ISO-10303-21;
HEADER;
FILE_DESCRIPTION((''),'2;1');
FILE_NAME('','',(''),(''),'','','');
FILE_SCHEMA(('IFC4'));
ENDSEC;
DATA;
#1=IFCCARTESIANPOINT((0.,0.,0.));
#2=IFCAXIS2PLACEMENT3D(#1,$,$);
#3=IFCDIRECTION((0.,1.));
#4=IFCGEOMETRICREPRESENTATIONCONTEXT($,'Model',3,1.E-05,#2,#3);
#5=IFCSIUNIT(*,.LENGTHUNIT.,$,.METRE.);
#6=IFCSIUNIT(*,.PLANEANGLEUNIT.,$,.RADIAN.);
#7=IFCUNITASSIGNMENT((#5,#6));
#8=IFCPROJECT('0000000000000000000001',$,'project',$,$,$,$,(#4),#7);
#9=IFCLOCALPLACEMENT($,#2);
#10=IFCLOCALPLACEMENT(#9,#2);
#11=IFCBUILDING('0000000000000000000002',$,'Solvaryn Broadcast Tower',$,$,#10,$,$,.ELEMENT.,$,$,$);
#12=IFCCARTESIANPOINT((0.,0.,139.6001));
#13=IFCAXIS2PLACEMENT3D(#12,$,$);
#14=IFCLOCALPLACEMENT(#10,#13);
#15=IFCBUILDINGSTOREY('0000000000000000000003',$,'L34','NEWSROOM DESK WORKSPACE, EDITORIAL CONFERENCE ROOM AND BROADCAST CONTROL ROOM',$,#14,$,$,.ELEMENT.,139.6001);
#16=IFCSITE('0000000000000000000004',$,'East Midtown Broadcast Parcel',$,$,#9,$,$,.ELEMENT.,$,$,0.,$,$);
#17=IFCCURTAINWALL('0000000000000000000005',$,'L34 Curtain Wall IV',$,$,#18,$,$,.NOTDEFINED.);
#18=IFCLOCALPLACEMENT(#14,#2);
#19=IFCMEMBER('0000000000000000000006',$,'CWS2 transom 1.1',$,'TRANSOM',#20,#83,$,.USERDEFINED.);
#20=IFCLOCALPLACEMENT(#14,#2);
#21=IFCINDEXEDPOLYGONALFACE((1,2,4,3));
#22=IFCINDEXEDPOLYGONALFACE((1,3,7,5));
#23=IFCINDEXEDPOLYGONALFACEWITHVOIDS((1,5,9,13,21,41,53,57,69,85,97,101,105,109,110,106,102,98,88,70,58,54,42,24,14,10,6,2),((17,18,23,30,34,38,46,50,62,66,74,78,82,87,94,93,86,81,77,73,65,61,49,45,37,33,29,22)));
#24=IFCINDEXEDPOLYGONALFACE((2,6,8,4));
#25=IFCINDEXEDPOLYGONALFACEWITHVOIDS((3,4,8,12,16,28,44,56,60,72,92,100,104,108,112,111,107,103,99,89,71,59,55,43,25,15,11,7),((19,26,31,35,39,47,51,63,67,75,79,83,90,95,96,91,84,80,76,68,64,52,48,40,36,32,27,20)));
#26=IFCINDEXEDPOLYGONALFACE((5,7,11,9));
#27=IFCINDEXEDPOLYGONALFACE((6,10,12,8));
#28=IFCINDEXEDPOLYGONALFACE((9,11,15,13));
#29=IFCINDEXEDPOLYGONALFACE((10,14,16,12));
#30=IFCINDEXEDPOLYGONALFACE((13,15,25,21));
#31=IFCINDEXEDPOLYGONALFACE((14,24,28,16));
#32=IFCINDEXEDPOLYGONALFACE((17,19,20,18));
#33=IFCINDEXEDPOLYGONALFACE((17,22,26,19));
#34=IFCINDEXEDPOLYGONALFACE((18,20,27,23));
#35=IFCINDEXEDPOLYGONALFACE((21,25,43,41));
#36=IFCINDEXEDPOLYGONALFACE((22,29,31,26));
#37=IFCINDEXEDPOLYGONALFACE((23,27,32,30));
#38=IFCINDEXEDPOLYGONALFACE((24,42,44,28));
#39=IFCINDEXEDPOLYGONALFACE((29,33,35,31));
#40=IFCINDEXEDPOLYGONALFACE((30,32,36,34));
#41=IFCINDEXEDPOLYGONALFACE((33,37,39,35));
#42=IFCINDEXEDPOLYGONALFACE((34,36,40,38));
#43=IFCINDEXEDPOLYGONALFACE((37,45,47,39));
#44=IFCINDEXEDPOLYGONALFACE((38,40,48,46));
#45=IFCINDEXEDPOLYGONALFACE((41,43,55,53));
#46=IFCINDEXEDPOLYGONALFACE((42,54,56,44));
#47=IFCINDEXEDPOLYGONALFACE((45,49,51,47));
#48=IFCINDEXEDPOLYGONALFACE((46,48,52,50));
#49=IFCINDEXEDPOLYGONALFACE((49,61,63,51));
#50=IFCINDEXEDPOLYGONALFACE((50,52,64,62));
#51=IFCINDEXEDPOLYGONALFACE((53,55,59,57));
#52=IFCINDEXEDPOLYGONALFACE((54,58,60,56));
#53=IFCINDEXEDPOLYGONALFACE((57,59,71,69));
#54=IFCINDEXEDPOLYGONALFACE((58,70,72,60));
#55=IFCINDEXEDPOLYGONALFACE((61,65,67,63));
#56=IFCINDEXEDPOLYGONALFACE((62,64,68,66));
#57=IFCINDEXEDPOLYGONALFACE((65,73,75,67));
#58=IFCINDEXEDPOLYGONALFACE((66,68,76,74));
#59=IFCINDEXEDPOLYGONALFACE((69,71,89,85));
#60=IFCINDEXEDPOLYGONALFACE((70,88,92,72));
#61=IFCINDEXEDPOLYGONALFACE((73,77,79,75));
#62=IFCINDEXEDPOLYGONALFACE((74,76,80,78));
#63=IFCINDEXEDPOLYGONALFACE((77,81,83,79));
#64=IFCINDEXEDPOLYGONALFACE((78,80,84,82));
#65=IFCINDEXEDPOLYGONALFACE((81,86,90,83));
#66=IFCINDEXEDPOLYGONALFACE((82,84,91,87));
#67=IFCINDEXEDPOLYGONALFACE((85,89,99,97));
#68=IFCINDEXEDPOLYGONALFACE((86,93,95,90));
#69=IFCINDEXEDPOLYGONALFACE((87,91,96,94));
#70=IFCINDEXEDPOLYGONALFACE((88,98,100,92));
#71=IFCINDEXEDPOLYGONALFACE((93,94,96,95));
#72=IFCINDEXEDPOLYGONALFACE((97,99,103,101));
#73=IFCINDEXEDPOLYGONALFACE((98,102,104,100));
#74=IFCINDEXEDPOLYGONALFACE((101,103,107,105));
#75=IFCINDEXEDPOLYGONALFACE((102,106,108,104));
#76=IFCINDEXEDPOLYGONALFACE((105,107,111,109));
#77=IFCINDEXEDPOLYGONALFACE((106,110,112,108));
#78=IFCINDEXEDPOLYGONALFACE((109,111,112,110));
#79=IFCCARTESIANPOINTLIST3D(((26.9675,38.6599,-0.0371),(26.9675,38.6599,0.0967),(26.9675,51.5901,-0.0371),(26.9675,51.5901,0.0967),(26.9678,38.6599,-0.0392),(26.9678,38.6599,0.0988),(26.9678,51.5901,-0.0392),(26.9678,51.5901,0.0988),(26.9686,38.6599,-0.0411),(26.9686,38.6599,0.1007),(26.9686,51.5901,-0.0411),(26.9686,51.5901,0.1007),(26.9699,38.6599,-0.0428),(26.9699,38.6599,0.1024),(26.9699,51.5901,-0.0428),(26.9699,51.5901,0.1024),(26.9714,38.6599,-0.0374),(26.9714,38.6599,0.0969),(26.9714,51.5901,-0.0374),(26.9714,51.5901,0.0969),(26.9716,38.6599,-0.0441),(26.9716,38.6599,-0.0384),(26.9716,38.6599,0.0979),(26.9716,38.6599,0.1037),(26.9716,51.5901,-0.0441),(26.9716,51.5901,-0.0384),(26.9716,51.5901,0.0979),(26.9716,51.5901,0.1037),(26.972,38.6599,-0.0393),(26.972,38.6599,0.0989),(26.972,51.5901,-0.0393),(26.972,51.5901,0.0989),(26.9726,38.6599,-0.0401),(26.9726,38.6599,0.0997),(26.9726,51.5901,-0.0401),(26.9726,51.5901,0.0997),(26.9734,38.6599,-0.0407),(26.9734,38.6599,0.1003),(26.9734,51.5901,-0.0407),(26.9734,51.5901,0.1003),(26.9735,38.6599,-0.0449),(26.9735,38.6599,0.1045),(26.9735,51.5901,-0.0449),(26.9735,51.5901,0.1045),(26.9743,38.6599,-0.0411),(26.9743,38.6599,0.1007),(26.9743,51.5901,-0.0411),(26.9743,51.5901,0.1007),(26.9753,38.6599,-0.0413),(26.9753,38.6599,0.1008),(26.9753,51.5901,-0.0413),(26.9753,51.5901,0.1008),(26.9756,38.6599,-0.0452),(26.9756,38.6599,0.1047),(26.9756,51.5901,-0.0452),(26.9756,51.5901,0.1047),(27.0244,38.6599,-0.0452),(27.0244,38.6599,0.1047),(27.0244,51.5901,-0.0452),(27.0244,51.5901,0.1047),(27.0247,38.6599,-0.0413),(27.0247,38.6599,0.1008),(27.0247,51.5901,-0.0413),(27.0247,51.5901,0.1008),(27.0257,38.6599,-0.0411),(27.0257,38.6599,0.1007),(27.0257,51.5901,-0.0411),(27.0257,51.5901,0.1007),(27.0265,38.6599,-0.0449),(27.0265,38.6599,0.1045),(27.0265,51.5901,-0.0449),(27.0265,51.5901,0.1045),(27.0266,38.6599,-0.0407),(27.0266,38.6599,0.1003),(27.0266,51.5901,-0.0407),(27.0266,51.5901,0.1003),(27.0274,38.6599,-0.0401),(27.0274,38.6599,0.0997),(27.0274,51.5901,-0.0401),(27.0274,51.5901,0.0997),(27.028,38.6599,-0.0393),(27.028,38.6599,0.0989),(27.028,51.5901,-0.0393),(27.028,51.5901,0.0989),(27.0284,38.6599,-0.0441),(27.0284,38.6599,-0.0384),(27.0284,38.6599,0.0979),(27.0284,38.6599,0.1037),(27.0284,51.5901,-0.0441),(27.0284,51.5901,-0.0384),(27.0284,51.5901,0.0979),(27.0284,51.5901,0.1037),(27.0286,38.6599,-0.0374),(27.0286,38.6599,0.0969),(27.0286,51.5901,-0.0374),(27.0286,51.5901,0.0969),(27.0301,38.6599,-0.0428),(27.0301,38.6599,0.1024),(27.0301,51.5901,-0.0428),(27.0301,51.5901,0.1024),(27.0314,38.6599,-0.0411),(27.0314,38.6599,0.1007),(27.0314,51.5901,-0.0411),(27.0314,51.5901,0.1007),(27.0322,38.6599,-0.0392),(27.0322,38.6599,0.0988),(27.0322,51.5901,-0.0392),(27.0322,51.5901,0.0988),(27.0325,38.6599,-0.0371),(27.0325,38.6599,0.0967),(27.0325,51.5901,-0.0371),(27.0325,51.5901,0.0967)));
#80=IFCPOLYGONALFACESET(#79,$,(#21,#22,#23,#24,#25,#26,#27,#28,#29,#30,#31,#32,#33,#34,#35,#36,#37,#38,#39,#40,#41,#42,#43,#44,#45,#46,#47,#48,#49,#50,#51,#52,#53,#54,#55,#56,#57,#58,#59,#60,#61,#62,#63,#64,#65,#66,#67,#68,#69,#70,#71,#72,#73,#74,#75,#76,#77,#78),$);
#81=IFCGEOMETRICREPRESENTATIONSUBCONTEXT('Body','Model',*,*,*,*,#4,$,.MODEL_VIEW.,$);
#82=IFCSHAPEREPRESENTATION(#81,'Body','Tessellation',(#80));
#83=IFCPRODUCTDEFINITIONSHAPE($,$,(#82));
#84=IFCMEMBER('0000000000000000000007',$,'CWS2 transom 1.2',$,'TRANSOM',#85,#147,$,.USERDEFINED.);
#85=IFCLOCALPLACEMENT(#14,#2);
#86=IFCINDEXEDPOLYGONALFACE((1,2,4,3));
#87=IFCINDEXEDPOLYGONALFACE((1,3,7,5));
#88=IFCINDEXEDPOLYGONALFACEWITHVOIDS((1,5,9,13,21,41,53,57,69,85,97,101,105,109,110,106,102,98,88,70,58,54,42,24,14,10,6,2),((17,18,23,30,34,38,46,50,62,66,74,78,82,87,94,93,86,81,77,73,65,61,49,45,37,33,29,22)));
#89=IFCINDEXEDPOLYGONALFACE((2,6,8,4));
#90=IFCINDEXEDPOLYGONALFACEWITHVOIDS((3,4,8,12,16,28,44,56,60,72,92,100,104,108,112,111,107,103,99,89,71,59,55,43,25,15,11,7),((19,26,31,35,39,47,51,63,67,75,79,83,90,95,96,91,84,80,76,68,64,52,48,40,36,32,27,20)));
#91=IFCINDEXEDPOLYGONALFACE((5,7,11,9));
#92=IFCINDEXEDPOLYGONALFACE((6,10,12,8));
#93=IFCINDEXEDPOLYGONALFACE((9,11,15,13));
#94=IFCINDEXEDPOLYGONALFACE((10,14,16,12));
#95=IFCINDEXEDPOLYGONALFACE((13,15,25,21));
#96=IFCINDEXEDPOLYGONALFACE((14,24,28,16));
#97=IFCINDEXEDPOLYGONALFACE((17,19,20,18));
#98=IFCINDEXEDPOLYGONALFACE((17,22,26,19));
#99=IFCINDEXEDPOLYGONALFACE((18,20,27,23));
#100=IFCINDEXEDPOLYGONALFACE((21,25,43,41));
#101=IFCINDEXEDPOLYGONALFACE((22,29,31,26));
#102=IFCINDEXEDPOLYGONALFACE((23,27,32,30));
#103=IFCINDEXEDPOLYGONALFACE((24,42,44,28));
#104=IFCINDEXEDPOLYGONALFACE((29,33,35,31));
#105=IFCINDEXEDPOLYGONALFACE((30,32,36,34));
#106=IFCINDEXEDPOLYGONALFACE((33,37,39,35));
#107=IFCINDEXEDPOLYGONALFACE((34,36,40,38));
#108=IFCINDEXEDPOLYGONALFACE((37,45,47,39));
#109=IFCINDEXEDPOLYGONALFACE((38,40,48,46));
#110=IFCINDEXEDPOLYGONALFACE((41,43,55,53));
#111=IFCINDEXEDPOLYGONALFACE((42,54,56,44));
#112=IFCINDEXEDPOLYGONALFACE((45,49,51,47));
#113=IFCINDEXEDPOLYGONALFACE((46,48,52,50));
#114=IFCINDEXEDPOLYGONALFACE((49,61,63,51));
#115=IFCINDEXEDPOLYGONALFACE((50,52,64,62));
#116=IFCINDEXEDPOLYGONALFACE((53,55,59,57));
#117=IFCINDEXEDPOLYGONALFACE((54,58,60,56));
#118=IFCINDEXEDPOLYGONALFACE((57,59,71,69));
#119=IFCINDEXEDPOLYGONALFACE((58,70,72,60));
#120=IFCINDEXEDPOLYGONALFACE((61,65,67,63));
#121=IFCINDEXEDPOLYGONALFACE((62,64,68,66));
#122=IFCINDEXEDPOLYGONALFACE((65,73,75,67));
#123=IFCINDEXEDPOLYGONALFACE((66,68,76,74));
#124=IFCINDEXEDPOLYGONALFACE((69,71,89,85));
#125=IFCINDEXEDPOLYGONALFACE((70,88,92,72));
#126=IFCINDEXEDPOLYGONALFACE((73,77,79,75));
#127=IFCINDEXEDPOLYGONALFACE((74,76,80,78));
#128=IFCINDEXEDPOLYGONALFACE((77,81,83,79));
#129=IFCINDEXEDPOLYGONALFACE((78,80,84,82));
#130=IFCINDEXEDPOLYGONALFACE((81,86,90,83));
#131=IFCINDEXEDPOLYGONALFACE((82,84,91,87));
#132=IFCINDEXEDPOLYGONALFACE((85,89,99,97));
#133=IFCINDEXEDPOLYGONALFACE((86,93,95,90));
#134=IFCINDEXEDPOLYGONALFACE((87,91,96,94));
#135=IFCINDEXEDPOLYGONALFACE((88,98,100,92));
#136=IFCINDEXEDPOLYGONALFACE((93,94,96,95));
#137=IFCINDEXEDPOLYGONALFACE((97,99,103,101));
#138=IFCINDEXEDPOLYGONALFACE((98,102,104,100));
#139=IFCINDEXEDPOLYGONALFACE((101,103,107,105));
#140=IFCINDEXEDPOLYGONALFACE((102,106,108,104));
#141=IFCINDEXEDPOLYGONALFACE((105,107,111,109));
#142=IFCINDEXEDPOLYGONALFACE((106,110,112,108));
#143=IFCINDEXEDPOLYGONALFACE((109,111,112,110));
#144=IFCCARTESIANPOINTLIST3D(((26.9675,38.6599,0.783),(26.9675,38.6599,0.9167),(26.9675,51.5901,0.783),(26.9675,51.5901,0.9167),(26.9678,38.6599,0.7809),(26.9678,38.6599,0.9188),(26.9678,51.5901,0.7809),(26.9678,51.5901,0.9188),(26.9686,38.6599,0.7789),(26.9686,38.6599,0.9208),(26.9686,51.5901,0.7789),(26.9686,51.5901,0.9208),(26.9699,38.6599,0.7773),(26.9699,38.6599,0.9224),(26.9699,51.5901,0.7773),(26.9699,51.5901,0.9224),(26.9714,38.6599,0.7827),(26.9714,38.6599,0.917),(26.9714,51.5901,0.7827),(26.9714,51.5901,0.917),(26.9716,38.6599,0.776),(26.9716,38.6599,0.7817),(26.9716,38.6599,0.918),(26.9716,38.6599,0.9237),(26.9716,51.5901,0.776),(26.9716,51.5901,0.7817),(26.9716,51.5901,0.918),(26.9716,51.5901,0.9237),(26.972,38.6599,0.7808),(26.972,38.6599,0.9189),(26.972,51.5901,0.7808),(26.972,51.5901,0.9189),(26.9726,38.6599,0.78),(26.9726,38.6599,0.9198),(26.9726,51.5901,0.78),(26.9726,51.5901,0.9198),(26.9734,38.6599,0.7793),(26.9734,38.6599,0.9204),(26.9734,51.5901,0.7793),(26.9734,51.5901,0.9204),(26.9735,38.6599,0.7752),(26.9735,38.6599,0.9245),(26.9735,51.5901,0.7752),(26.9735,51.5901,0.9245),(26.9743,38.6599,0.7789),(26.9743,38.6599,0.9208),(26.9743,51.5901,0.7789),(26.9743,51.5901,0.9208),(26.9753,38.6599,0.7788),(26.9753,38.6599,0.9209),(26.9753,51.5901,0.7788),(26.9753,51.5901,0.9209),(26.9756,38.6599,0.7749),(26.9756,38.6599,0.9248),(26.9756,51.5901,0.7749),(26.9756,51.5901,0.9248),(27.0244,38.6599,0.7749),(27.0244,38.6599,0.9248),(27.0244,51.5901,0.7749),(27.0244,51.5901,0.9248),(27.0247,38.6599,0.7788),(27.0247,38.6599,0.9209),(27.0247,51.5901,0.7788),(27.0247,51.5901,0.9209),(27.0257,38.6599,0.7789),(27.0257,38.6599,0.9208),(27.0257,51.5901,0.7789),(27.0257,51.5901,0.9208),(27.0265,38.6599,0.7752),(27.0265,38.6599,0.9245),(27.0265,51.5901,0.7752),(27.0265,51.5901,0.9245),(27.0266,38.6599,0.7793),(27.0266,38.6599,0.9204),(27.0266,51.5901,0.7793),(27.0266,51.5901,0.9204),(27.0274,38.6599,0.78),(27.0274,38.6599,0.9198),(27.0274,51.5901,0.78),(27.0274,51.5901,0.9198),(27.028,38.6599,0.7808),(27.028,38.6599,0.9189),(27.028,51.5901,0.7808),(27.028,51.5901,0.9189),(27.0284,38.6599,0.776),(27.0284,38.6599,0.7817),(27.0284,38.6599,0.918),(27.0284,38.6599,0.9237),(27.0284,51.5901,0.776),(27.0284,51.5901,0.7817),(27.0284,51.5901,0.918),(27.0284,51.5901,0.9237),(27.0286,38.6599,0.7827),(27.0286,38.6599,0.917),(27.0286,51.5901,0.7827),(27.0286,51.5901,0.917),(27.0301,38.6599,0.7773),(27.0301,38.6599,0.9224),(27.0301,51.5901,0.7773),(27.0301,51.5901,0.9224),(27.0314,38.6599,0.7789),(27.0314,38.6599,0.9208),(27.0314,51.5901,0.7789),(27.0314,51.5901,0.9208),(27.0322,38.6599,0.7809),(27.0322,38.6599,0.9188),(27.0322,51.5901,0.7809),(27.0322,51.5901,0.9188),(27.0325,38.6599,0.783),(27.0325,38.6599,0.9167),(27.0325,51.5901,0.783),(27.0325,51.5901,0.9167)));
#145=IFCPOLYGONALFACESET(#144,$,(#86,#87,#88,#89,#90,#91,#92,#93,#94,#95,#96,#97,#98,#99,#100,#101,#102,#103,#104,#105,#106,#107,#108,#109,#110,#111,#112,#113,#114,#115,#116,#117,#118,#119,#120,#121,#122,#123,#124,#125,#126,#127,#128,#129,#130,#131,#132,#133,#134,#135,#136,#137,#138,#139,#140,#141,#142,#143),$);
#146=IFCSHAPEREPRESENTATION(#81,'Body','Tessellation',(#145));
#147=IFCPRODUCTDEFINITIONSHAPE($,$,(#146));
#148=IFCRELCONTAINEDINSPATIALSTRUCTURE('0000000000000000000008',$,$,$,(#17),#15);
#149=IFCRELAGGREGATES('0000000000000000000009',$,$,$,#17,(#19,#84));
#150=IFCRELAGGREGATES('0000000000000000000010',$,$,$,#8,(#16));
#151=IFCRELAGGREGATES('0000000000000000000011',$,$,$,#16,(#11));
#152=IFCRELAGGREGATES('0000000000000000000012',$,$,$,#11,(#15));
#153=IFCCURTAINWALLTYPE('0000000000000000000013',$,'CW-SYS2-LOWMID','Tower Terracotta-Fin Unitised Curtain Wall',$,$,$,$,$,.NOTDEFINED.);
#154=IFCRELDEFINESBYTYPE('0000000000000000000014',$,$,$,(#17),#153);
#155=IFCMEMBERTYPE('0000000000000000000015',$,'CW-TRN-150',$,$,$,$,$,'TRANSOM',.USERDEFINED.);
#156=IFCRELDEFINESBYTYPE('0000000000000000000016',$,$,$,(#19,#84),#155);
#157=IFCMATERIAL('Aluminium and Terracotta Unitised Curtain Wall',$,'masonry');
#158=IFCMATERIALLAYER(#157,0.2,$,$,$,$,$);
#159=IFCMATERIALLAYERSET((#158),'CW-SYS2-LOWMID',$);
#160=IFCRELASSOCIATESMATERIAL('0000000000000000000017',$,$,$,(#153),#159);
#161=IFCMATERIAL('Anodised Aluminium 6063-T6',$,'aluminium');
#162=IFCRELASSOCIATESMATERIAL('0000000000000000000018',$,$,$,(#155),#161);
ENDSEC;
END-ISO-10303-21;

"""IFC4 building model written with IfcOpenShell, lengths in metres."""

from ifc_helpers import new_model, si_unit, direction, frame, origin, origin_2d, place, context, subcontext, project, spatial, hollow_rectangle, extrude, material, layer, layer_set, material_profile, profile_set, type_object, element, aggregate, save


model = new_model("IFC4")

# Units and contexts
model_context = context("Model", 3, precision=1e-05, world=origin(), true_north=direction((0.0, 1.0)))
body_context = subcontext(model_context, "Body", "Model", "MODEL_VIEW")
ifc_project = project(units=[si_unit("LENGTHUNIT", "METRE"), si_unit("PLANEANGLEUNIT", "RADIAN")], contexts=[model_context])

# Site, building, storey
site_placement = place(None, origin())
site = spatial("IfcSite", under=ifc_project, at=site_placement, Name="East Midtown Broadcast Parcel", CompositionType="ELEMENT", RefElevation=0.0)
building_placement = place(site_placement, origin())
building = spatial("IfcBuilding", under=site, at=building_placement, Name="Solvaryn Broadcast Tower", CompositionType="ELEMENT")
storey_placement = place(building_placement, frame((0.0, 0.0, 139.6001)))
storey = spatial("IfcBuildingStorey", under=building, at=storey_placement, Name="L34", Description="NEWSROOM DESK WORKSPACE, EDITORIAL CONFERENCE ROOM AND BROADCAST CONTROL ROOM", CompositionType="ELEMENT", Elevation=139.6001)

# Curtain wall
ifc_material_1 = material(Name="Aluminium and Terracotta Unitised Curtain Wall", Category="masonry")
ifc_layer_1 = layer(ifc_material_1, 0.2)
ifc_layer_set_1 = layer_set([ifc_layer_1], Name="CW-SYS2-LOWMID")
curtain_wall_type = type_object("IfcCurtainWallType", Name="CW-SYS2-LOWMID", Description="Tower Terracotta-Fin Unitised Curtain Wall", PredefinedType="NOTDEFINED", material=ifc_layer_set_1)
curtain_wall_1_placement = place(storey_placement, origin())
curtain_wall_1 = element("IfcCurtainWall", 1, at=curtain_wall_1_placement, inside=storey, type_object=curtain_wall_type, Name="L34 Curtain Wall IV", PredefinedType="NOTDEFINED")

# Members
ifc_material_2 = material(Name="Anodised Aluminium 6063-T6", Category="aluminium")
ifc_material_profile_1 = material_profile(ifc_material_2, hollow_rectangle(XDim=0.0649, YDim=0.1499, WallThickness=0.0039, InnerFilletRadius=0.0039, OuterFilletRadius=0.0081, at=origin_2d()))
ifc_profile_set_1 = profile_set([ifc_material_profile_1], Name="Anodised Aluminium 6063-T6")
member_type_1 = type_object("IfcMemberType", Name="CW-TRN-150", ElementType="TRANSOM", PredefinedType="USERDEFINED", material=ifc_profile_set_1)
member_1_placement = place(storey_placement, frame((27.0, 51.5901, 0.0298), z_axis=(0.0, -1.0, 0.0), x_axis=(1.0, 0.0, 0.0)))
member_1 = element("IfcMember", 2, at=member_1_placement, type_object=member_type_1, Name="CWS2 transom 1.1", ObjectType="TRANSOM", PredefinedType="USERDEFINED", context=body_context, shape_type="SweptSolid", body=[
    extrude(hollow_rectangle(XDim=0.0649, YDim=0.1499, WallThickness=0.0039, InnerFilletRadius=0.0039, OuterFilletRadius=0.0081, at=origin_2d()), origin(), (0.0, 0.0, 1.0), 12.9302),
])
member_2_placement = place(storey_placement, frame((27.0, 51.5901, 0.8499), z_axis=(0.0, -1.0, 0.0), x_axis=(1.0, 0.0, 0.0)))
member_2 = element("IfcMember", 3, at=member_2_placement, type_object=member_type_1, Name="CWS2 transom 1.2", ObjectType="TRANSOM", PredefinedType="USERDEFINED", context=body_context, shape_type="SweptSolid", body=[
    extrude(hollow_rectangle(XDim=0.0649, YDim=0.1499, WallThickness=0.0039, InnerFilletRadius=0.0039, OuterFilletRadius=0.0081, at=origin_2d()), origin(), (0.0, 0.0, 1.0), 12.9302),
])

aggregate(curtain_wall_1, [member_1, member_2])

save(model, "model.ifc")
